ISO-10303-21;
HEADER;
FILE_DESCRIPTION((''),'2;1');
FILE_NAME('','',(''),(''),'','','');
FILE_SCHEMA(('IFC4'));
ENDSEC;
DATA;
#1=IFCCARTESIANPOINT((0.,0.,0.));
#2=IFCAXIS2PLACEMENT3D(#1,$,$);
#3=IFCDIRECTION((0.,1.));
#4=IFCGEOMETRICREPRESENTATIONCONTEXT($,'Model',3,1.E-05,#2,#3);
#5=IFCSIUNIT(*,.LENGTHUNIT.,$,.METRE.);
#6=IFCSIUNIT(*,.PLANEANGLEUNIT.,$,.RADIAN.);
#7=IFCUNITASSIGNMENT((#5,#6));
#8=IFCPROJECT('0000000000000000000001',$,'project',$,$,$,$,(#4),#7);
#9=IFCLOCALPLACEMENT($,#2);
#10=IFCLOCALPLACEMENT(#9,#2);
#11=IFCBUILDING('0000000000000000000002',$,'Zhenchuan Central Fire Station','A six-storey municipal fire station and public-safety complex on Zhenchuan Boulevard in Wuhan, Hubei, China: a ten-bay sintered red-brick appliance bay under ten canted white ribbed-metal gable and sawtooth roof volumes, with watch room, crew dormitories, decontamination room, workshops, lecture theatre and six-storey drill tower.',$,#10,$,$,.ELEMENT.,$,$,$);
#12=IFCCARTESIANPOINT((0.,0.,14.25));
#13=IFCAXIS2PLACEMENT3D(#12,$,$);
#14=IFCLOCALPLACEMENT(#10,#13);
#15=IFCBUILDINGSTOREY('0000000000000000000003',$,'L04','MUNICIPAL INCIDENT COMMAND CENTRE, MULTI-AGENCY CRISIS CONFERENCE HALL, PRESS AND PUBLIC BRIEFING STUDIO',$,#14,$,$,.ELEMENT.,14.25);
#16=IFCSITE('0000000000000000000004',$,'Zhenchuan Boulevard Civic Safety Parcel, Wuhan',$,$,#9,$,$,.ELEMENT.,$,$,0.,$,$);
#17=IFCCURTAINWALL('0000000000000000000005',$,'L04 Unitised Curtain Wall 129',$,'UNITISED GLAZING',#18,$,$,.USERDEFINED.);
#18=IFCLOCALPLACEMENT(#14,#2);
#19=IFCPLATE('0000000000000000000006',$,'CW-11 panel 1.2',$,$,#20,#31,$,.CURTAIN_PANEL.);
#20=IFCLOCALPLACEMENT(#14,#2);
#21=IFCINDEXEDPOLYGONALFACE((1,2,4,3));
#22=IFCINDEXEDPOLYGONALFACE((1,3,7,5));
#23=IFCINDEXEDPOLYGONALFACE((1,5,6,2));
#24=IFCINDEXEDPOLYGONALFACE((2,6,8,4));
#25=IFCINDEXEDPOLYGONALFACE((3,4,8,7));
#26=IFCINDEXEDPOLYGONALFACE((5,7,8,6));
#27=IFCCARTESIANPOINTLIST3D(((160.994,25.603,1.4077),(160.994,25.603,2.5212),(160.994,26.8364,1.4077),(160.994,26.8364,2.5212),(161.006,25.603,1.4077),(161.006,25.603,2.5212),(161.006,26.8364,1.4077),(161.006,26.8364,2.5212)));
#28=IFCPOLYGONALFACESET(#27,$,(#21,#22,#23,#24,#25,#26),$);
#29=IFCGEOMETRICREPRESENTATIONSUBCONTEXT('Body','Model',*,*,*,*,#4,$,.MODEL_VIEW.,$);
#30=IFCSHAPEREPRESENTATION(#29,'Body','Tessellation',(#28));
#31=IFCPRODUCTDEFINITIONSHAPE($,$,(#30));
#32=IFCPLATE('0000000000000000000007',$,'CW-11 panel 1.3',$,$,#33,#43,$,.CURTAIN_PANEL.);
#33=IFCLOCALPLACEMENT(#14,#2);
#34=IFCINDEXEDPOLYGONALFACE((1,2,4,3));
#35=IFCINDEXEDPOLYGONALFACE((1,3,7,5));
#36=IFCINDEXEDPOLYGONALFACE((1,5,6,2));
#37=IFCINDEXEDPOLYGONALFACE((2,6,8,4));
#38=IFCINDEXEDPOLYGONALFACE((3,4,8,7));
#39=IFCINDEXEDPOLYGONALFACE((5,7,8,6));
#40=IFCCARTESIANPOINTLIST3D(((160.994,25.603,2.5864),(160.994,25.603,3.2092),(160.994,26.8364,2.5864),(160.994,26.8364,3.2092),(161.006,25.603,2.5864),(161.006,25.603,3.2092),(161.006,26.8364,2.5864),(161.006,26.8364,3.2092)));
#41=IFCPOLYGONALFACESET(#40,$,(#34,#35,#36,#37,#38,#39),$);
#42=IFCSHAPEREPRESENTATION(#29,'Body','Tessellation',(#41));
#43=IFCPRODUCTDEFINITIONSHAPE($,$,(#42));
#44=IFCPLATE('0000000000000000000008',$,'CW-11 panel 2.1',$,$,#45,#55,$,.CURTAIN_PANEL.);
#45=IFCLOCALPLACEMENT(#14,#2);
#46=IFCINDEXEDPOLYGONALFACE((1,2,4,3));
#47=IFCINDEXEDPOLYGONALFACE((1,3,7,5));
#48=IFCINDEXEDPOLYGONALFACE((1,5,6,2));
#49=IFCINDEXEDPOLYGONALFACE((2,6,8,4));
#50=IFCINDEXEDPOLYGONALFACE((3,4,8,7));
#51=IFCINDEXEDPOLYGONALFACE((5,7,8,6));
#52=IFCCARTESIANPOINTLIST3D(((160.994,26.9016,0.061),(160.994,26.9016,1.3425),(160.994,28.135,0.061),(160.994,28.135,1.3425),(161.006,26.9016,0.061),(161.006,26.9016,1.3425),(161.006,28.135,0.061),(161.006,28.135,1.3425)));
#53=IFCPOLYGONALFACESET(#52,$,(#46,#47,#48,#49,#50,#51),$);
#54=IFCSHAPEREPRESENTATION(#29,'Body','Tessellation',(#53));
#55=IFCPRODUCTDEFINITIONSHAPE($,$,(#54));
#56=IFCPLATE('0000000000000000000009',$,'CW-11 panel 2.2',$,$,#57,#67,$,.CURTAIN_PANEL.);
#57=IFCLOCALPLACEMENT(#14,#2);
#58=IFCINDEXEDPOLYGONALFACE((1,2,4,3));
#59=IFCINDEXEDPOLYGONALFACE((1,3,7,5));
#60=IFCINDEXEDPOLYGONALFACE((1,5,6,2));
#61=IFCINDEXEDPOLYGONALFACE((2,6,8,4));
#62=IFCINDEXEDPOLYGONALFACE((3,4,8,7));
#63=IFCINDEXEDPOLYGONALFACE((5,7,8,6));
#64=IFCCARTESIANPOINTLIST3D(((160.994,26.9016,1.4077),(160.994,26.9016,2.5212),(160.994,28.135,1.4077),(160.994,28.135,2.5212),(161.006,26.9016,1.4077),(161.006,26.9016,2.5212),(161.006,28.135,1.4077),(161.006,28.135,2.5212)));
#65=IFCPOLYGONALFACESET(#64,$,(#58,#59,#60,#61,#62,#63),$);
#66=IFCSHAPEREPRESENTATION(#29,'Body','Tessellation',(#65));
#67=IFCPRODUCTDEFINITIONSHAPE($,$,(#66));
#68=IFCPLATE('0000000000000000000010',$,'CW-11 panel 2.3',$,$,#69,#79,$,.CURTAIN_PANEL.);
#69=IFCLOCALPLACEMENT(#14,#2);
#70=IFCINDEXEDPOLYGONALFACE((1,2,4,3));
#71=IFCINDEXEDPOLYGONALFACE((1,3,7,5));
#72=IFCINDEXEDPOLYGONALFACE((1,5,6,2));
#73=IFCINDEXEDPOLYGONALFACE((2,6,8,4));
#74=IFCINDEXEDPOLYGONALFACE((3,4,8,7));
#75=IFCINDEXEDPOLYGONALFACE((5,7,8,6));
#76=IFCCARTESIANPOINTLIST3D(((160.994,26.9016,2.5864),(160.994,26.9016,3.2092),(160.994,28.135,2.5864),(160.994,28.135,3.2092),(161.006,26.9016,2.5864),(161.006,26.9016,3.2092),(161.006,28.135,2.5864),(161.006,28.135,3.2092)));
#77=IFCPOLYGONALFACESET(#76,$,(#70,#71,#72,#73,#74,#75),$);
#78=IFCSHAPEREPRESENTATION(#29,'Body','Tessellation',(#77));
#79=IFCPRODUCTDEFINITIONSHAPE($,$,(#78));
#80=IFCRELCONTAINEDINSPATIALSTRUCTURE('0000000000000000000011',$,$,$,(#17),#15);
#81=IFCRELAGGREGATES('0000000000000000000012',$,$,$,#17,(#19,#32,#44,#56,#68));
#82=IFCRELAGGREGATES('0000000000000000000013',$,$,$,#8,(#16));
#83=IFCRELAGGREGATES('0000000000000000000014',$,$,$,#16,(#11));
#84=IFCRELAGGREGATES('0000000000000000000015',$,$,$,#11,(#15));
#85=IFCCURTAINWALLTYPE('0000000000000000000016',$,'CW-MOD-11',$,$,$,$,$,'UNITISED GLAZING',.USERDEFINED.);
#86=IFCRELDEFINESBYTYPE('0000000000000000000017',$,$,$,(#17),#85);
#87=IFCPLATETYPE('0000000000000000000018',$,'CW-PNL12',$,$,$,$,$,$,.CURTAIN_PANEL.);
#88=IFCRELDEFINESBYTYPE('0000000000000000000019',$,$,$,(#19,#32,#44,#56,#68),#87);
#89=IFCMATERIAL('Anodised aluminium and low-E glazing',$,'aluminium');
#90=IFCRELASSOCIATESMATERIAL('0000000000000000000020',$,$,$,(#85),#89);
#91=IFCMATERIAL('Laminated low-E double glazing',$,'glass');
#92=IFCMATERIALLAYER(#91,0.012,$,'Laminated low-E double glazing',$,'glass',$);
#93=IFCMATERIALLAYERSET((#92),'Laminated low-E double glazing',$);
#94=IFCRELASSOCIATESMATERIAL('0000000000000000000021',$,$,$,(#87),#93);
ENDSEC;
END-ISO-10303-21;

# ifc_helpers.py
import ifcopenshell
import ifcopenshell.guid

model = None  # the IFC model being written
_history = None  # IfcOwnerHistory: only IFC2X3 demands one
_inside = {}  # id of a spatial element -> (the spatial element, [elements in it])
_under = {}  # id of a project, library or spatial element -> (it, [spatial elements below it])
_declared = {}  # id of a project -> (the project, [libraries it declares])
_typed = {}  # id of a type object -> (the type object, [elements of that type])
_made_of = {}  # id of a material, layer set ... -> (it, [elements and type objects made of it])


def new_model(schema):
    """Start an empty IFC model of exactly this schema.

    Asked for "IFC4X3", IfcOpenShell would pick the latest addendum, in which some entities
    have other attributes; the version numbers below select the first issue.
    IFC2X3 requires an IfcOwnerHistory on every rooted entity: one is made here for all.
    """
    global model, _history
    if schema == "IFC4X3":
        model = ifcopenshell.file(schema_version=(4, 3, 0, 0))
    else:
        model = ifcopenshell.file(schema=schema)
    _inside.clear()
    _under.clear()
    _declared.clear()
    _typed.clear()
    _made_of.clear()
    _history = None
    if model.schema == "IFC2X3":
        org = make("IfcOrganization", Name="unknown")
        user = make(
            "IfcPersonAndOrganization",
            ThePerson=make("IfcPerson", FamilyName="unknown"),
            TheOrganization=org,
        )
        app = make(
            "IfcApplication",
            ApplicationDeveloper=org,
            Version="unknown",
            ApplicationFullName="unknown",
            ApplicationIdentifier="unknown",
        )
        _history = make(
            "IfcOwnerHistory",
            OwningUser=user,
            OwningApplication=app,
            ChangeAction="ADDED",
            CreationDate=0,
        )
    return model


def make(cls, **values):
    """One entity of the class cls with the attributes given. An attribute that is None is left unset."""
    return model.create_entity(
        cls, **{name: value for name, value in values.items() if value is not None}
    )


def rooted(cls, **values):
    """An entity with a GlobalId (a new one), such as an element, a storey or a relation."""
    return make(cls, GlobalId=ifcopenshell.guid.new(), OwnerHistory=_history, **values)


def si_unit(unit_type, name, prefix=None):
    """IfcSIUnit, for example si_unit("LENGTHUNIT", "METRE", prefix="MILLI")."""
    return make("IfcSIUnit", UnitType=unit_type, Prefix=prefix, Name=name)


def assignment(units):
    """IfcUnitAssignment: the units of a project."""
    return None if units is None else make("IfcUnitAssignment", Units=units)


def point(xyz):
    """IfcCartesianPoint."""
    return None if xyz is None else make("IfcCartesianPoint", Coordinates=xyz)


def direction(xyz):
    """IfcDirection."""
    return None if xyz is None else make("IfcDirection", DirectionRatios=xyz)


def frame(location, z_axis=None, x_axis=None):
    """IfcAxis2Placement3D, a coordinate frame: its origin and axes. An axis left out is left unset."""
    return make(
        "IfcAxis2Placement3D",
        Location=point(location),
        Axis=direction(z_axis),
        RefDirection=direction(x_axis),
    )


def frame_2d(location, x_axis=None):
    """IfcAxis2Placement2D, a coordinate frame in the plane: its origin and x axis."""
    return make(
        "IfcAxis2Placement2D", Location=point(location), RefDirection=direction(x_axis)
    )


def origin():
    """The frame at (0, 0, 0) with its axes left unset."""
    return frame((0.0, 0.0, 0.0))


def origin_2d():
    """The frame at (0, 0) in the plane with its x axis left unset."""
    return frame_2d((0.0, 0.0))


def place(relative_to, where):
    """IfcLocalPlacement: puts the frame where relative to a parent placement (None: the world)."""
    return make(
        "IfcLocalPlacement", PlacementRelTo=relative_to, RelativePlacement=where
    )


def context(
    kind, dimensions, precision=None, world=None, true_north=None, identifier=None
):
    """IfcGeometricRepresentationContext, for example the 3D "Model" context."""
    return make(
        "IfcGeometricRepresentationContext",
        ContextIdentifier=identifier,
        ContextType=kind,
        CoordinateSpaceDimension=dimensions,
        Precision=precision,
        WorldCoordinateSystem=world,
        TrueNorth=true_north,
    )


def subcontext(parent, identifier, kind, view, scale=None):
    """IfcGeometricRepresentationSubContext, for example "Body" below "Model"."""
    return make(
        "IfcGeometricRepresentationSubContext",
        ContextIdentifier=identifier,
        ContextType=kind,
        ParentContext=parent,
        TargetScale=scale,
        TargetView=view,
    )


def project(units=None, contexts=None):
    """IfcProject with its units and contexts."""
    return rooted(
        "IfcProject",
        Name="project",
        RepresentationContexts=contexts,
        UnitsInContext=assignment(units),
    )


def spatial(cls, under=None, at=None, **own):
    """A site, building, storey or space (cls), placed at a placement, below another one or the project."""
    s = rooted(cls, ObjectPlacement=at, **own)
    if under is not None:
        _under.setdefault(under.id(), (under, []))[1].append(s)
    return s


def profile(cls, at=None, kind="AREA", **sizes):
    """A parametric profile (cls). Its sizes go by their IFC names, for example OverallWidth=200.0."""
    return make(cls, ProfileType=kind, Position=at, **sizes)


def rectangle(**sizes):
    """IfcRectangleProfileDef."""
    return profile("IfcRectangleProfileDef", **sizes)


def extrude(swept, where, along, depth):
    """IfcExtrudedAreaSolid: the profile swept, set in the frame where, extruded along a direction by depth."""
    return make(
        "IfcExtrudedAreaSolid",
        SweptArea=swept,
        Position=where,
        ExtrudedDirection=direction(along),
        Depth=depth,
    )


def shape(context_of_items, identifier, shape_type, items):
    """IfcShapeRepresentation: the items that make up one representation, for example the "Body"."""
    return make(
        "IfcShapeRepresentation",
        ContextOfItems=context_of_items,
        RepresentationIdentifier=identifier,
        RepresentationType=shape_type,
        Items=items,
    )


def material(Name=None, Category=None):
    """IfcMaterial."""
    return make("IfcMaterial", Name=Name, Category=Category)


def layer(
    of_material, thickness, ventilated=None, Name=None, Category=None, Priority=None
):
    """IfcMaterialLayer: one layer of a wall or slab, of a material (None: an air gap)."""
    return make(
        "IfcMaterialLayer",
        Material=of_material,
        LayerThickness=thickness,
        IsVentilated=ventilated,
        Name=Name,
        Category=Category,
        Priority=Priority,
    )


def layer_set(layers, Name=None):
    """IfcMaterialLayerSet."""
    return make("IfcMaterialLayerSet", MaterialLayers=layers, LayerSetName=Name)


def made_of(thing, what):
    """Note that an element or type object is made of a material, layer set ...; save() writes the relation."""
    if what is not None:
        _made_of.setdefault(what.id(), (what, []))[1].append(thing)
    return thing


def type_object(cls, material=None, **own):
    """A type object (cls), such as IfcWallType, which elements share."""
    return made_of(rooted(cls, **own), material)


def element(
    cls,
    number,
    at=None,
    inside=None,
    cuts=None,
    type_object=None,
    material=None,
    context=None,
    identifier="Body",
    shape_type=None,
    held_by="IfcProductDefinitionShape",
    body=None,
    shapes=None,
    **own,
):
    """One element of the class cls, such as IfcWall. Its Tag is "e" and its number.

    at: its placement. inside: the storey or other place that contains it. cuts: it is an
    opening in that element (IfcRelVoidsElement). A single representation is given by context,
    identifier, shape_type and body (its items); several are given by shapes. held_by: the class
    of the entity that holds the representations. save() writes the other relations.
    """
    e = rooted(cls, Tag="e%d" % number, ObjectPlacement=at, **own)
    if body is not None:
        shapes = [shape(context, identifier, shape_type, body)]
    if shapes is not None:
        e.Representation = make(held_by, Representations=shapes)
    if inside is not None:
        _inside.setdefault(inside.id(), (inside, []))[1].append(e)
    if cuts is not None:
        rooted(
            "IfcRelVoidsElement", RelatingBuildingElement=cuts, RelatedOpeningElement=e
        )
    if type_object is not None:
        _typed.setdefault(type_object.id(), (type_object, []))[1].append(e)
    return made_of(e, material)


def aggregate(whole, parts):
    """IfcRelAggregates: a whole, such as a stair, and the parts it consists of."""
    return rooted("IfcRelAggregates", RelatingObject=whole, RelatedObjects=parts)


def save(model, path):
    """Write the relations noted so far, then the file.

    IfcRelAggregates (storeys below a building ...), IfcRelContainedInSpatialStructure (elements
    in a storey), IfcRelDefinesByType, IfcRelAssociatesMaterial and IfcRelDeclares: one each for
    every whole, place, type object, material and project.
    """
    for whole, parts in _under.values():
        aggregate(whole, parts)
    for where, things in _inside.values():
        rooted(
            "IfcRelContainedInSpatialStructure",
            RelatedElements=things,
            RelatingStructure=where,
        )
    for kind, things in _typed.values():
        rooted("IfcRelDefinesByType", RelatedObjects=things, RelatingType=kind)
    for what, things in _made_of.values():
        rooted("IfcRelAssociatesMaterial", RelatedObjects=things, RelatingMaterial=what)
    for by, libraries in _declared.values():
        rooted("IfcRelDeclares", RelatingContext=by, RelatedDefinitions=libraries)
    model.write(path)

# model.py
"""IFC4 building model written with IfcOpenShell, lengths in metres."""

from ifc_helpers import new_model, si_unit, direction, frame, origin, origin_2d, place, context, subcontext, project, spatial, rectangle, extrude, material, layer, layer_set, type_object, element, aggregate, save


model = new_model("IFC4")

# Units and contexts
model_context = context("Model", 3, precision=1e-05, world=origin(), true_north=direction((0.0, 1.0)))
body_context = subcontext(model_context, "Body", "Model", "MODEL_VIEW")
ifc_project = project(units=[si_unit("LENGTHUNIT", "METRE"), si_unit("PLANEANGLEUNIT", "RADIAN")], contexts=[model_context])

# Site, building, storey
site_placement = place(None, origin())
site = spatial("IfcSite", under=ifc_project, at=site_placement, Name="Zhenchuan Boulevard Civic Safety Parcel, Wuhan", CompositionType="ELEMENT", RefElevation=0.0)
building_placement = place(site_placement, origin())
building = spatial("IfcBuilding", under=site, at=building_placement, Name="Zhenchuan Central Fire Station", Description="A six-storey municipal fire station and public-safety complex on Zhenchuan Boulevard in Wuhan, Hubei, China: a ten-bay sintered red-brick appliance bay under ten canted white ribbed-metal gable and sawtooth roof volumes, with watch room, crew dormitories, decontamination room, workshops, lecture theatre and six-storey drill tower.", CompositionType="ELEMENT")
storey_placement = place(building_placement, frame((0.0, 0.0, 14.25)))
storey = spatial("IfcBuildingStorey", under=building, at=storey_placement, Name="L04", Description="MUNICIPAL INCIDENT COMMAND CENTRE, MULTI-AGENCY CRISIS CONFERENCE HALL, PRESS AND PUBLIC BRIEFING STUDIO", CompositionType="ELEMENT", Elevation=14.25)

# Shared definitions
ifc_material_1 = material(Name="Anodised aluminium and low-E glazing", Category="aluminium")

# Curtain wall
curtain_wall_type_1 = type_object("IfcCurtainWallType", Name="CW-MOD-11", ElementType="UNITISED GLAZING", PredefinedType="USERDEFINED", material=ifc_material_1)
curtain_wall_1_placement = place(storey_placement, origin())
curtain_wall_1 = element("IfcCurtainWall", 1, at=curtain_wall_1_placement, inside=storey, type_object=curtain_wall_type_1, Name="L04 Unitised Curtain Wall 129", ObjectType="UNITISED GLAZING", PredefinedType="USERDEFINED")

# Plates
ifc_material_2 = material(Name="Laminated low-E double glazing", Category="glass")
ifc_layer = layer(ifc_material_2, 0.012, Name="Laminated low-E double glazing", Category="glass")
ifc_layer_set = layer_set([ifc_layer], Name="Laminated low-E double glazing")
plate_type = type_object("IfcPlateType", Name="CW-PNL12", PredefinedType="CURTAIN_PANEL", material=ifc_layer_set)
plate_1_placement = place(storey_placement, frame((161.0, 26.2197, 1.4077), z_axis=(0.0, 0.0, 1.0), x_axis=(0.0, 1.0, 0.0)))
plate_1 = element("IfcPlate", 2, at=plate_1_placement, type_object=plate_type, Name="CW-11 panel 1.2", PredefinedType="CURTAIN_PANEL", context=body_context, shape_type="SweptSolid", body=[
    extrude(rectangle(XDim=1.2334, YDim=0.012, at=origin_2d()), origin(), (0.0, 0.0, 1.0), 1.1135),
])
plate_2_placement = place(storey_placement, frame((161.0, 26.2197, 2.5864), z_axis=(0.0, 0.0, 1.0), x_axis=(0.0, 1.0, 0.0)))
plate_2 = element("IfcPlate", 3, at=plate_2_placement, type_object=plate_type, Name="CW-11 panel 1.3", PredefinedType="CURTAIN_PANEL", context=body_context, shape_type="SweptSolid", body=[
    extrude(rectangle(XDim=1.2334, YDim=0.012, at=origin_2d()), origin(), (0.0, 0.0, 1.0), 0.6228),
])
plate_3_placement = place(storey_placement, frame((161.0, 27.5183, 0.061), z_axis=(0.0, 0.0, 1.0), x_axis=(0.0, 1.0, 0.0)))
plate_3 = element("IfcPlate", 4, at=plate_3_placement, type_object=plate_type, Name="CW-11 panel 2.1", PredefinedType="CURTAIN_PANEL", context=body_context, shape_type="SweptSolid", body=[
    extrude(rectangle(XDim=1.2334, YDim=0.012, at=origin_2d()), origin(), (0.0, 0.0, 1.0), 1.2815),
])
plate_4_placement = place(storey_placement, frame((161.0, 27.5183, 1.4077), z_axis=(0.0, 0.0, 1.0), x_axis=(0.0, 1.0, 0.0)))
plate_4 = element("IfcPlate", 5, at=plate_4_placement, type_object=plate_type, Name="CW-11 panel 2.2", PredefinedType="CURTAIN_PANEL", context=body_context, shape_type="SweptSolid", body=[
    extrude(rectangle(XDim=1.2334, YDim=0.012, at=origin_2d()), origin(), (0.0, 0.0, 1.0), 1.1135),
])
plate_5_placement = place(storey_placement, frame((161.0, 27.5183, 2.5864), z_axis=(0.0, 0.0, 1.0), x_axis=(0.0, 1.0, 0.0)))
plate_5 = element("IfcPlate", 6, at=plate_5_placement, type_object=plate_type, Name="CW-11 panel 2.3", PredefinedType="CURTAIN_PANEL", context=body_context, shape_type="SweptSolid", body=[
    extrude(rectangle(XDim=1.2334, YDim=0.012, at=origin_2d()), origin(), (0.0, 0.0, 1.0), 0.6228),
])
aggregate(curtain_wall_1, [plate_1, plate_2, plate_3, plate_4, plate_5])

save(model, "model.ifc")
